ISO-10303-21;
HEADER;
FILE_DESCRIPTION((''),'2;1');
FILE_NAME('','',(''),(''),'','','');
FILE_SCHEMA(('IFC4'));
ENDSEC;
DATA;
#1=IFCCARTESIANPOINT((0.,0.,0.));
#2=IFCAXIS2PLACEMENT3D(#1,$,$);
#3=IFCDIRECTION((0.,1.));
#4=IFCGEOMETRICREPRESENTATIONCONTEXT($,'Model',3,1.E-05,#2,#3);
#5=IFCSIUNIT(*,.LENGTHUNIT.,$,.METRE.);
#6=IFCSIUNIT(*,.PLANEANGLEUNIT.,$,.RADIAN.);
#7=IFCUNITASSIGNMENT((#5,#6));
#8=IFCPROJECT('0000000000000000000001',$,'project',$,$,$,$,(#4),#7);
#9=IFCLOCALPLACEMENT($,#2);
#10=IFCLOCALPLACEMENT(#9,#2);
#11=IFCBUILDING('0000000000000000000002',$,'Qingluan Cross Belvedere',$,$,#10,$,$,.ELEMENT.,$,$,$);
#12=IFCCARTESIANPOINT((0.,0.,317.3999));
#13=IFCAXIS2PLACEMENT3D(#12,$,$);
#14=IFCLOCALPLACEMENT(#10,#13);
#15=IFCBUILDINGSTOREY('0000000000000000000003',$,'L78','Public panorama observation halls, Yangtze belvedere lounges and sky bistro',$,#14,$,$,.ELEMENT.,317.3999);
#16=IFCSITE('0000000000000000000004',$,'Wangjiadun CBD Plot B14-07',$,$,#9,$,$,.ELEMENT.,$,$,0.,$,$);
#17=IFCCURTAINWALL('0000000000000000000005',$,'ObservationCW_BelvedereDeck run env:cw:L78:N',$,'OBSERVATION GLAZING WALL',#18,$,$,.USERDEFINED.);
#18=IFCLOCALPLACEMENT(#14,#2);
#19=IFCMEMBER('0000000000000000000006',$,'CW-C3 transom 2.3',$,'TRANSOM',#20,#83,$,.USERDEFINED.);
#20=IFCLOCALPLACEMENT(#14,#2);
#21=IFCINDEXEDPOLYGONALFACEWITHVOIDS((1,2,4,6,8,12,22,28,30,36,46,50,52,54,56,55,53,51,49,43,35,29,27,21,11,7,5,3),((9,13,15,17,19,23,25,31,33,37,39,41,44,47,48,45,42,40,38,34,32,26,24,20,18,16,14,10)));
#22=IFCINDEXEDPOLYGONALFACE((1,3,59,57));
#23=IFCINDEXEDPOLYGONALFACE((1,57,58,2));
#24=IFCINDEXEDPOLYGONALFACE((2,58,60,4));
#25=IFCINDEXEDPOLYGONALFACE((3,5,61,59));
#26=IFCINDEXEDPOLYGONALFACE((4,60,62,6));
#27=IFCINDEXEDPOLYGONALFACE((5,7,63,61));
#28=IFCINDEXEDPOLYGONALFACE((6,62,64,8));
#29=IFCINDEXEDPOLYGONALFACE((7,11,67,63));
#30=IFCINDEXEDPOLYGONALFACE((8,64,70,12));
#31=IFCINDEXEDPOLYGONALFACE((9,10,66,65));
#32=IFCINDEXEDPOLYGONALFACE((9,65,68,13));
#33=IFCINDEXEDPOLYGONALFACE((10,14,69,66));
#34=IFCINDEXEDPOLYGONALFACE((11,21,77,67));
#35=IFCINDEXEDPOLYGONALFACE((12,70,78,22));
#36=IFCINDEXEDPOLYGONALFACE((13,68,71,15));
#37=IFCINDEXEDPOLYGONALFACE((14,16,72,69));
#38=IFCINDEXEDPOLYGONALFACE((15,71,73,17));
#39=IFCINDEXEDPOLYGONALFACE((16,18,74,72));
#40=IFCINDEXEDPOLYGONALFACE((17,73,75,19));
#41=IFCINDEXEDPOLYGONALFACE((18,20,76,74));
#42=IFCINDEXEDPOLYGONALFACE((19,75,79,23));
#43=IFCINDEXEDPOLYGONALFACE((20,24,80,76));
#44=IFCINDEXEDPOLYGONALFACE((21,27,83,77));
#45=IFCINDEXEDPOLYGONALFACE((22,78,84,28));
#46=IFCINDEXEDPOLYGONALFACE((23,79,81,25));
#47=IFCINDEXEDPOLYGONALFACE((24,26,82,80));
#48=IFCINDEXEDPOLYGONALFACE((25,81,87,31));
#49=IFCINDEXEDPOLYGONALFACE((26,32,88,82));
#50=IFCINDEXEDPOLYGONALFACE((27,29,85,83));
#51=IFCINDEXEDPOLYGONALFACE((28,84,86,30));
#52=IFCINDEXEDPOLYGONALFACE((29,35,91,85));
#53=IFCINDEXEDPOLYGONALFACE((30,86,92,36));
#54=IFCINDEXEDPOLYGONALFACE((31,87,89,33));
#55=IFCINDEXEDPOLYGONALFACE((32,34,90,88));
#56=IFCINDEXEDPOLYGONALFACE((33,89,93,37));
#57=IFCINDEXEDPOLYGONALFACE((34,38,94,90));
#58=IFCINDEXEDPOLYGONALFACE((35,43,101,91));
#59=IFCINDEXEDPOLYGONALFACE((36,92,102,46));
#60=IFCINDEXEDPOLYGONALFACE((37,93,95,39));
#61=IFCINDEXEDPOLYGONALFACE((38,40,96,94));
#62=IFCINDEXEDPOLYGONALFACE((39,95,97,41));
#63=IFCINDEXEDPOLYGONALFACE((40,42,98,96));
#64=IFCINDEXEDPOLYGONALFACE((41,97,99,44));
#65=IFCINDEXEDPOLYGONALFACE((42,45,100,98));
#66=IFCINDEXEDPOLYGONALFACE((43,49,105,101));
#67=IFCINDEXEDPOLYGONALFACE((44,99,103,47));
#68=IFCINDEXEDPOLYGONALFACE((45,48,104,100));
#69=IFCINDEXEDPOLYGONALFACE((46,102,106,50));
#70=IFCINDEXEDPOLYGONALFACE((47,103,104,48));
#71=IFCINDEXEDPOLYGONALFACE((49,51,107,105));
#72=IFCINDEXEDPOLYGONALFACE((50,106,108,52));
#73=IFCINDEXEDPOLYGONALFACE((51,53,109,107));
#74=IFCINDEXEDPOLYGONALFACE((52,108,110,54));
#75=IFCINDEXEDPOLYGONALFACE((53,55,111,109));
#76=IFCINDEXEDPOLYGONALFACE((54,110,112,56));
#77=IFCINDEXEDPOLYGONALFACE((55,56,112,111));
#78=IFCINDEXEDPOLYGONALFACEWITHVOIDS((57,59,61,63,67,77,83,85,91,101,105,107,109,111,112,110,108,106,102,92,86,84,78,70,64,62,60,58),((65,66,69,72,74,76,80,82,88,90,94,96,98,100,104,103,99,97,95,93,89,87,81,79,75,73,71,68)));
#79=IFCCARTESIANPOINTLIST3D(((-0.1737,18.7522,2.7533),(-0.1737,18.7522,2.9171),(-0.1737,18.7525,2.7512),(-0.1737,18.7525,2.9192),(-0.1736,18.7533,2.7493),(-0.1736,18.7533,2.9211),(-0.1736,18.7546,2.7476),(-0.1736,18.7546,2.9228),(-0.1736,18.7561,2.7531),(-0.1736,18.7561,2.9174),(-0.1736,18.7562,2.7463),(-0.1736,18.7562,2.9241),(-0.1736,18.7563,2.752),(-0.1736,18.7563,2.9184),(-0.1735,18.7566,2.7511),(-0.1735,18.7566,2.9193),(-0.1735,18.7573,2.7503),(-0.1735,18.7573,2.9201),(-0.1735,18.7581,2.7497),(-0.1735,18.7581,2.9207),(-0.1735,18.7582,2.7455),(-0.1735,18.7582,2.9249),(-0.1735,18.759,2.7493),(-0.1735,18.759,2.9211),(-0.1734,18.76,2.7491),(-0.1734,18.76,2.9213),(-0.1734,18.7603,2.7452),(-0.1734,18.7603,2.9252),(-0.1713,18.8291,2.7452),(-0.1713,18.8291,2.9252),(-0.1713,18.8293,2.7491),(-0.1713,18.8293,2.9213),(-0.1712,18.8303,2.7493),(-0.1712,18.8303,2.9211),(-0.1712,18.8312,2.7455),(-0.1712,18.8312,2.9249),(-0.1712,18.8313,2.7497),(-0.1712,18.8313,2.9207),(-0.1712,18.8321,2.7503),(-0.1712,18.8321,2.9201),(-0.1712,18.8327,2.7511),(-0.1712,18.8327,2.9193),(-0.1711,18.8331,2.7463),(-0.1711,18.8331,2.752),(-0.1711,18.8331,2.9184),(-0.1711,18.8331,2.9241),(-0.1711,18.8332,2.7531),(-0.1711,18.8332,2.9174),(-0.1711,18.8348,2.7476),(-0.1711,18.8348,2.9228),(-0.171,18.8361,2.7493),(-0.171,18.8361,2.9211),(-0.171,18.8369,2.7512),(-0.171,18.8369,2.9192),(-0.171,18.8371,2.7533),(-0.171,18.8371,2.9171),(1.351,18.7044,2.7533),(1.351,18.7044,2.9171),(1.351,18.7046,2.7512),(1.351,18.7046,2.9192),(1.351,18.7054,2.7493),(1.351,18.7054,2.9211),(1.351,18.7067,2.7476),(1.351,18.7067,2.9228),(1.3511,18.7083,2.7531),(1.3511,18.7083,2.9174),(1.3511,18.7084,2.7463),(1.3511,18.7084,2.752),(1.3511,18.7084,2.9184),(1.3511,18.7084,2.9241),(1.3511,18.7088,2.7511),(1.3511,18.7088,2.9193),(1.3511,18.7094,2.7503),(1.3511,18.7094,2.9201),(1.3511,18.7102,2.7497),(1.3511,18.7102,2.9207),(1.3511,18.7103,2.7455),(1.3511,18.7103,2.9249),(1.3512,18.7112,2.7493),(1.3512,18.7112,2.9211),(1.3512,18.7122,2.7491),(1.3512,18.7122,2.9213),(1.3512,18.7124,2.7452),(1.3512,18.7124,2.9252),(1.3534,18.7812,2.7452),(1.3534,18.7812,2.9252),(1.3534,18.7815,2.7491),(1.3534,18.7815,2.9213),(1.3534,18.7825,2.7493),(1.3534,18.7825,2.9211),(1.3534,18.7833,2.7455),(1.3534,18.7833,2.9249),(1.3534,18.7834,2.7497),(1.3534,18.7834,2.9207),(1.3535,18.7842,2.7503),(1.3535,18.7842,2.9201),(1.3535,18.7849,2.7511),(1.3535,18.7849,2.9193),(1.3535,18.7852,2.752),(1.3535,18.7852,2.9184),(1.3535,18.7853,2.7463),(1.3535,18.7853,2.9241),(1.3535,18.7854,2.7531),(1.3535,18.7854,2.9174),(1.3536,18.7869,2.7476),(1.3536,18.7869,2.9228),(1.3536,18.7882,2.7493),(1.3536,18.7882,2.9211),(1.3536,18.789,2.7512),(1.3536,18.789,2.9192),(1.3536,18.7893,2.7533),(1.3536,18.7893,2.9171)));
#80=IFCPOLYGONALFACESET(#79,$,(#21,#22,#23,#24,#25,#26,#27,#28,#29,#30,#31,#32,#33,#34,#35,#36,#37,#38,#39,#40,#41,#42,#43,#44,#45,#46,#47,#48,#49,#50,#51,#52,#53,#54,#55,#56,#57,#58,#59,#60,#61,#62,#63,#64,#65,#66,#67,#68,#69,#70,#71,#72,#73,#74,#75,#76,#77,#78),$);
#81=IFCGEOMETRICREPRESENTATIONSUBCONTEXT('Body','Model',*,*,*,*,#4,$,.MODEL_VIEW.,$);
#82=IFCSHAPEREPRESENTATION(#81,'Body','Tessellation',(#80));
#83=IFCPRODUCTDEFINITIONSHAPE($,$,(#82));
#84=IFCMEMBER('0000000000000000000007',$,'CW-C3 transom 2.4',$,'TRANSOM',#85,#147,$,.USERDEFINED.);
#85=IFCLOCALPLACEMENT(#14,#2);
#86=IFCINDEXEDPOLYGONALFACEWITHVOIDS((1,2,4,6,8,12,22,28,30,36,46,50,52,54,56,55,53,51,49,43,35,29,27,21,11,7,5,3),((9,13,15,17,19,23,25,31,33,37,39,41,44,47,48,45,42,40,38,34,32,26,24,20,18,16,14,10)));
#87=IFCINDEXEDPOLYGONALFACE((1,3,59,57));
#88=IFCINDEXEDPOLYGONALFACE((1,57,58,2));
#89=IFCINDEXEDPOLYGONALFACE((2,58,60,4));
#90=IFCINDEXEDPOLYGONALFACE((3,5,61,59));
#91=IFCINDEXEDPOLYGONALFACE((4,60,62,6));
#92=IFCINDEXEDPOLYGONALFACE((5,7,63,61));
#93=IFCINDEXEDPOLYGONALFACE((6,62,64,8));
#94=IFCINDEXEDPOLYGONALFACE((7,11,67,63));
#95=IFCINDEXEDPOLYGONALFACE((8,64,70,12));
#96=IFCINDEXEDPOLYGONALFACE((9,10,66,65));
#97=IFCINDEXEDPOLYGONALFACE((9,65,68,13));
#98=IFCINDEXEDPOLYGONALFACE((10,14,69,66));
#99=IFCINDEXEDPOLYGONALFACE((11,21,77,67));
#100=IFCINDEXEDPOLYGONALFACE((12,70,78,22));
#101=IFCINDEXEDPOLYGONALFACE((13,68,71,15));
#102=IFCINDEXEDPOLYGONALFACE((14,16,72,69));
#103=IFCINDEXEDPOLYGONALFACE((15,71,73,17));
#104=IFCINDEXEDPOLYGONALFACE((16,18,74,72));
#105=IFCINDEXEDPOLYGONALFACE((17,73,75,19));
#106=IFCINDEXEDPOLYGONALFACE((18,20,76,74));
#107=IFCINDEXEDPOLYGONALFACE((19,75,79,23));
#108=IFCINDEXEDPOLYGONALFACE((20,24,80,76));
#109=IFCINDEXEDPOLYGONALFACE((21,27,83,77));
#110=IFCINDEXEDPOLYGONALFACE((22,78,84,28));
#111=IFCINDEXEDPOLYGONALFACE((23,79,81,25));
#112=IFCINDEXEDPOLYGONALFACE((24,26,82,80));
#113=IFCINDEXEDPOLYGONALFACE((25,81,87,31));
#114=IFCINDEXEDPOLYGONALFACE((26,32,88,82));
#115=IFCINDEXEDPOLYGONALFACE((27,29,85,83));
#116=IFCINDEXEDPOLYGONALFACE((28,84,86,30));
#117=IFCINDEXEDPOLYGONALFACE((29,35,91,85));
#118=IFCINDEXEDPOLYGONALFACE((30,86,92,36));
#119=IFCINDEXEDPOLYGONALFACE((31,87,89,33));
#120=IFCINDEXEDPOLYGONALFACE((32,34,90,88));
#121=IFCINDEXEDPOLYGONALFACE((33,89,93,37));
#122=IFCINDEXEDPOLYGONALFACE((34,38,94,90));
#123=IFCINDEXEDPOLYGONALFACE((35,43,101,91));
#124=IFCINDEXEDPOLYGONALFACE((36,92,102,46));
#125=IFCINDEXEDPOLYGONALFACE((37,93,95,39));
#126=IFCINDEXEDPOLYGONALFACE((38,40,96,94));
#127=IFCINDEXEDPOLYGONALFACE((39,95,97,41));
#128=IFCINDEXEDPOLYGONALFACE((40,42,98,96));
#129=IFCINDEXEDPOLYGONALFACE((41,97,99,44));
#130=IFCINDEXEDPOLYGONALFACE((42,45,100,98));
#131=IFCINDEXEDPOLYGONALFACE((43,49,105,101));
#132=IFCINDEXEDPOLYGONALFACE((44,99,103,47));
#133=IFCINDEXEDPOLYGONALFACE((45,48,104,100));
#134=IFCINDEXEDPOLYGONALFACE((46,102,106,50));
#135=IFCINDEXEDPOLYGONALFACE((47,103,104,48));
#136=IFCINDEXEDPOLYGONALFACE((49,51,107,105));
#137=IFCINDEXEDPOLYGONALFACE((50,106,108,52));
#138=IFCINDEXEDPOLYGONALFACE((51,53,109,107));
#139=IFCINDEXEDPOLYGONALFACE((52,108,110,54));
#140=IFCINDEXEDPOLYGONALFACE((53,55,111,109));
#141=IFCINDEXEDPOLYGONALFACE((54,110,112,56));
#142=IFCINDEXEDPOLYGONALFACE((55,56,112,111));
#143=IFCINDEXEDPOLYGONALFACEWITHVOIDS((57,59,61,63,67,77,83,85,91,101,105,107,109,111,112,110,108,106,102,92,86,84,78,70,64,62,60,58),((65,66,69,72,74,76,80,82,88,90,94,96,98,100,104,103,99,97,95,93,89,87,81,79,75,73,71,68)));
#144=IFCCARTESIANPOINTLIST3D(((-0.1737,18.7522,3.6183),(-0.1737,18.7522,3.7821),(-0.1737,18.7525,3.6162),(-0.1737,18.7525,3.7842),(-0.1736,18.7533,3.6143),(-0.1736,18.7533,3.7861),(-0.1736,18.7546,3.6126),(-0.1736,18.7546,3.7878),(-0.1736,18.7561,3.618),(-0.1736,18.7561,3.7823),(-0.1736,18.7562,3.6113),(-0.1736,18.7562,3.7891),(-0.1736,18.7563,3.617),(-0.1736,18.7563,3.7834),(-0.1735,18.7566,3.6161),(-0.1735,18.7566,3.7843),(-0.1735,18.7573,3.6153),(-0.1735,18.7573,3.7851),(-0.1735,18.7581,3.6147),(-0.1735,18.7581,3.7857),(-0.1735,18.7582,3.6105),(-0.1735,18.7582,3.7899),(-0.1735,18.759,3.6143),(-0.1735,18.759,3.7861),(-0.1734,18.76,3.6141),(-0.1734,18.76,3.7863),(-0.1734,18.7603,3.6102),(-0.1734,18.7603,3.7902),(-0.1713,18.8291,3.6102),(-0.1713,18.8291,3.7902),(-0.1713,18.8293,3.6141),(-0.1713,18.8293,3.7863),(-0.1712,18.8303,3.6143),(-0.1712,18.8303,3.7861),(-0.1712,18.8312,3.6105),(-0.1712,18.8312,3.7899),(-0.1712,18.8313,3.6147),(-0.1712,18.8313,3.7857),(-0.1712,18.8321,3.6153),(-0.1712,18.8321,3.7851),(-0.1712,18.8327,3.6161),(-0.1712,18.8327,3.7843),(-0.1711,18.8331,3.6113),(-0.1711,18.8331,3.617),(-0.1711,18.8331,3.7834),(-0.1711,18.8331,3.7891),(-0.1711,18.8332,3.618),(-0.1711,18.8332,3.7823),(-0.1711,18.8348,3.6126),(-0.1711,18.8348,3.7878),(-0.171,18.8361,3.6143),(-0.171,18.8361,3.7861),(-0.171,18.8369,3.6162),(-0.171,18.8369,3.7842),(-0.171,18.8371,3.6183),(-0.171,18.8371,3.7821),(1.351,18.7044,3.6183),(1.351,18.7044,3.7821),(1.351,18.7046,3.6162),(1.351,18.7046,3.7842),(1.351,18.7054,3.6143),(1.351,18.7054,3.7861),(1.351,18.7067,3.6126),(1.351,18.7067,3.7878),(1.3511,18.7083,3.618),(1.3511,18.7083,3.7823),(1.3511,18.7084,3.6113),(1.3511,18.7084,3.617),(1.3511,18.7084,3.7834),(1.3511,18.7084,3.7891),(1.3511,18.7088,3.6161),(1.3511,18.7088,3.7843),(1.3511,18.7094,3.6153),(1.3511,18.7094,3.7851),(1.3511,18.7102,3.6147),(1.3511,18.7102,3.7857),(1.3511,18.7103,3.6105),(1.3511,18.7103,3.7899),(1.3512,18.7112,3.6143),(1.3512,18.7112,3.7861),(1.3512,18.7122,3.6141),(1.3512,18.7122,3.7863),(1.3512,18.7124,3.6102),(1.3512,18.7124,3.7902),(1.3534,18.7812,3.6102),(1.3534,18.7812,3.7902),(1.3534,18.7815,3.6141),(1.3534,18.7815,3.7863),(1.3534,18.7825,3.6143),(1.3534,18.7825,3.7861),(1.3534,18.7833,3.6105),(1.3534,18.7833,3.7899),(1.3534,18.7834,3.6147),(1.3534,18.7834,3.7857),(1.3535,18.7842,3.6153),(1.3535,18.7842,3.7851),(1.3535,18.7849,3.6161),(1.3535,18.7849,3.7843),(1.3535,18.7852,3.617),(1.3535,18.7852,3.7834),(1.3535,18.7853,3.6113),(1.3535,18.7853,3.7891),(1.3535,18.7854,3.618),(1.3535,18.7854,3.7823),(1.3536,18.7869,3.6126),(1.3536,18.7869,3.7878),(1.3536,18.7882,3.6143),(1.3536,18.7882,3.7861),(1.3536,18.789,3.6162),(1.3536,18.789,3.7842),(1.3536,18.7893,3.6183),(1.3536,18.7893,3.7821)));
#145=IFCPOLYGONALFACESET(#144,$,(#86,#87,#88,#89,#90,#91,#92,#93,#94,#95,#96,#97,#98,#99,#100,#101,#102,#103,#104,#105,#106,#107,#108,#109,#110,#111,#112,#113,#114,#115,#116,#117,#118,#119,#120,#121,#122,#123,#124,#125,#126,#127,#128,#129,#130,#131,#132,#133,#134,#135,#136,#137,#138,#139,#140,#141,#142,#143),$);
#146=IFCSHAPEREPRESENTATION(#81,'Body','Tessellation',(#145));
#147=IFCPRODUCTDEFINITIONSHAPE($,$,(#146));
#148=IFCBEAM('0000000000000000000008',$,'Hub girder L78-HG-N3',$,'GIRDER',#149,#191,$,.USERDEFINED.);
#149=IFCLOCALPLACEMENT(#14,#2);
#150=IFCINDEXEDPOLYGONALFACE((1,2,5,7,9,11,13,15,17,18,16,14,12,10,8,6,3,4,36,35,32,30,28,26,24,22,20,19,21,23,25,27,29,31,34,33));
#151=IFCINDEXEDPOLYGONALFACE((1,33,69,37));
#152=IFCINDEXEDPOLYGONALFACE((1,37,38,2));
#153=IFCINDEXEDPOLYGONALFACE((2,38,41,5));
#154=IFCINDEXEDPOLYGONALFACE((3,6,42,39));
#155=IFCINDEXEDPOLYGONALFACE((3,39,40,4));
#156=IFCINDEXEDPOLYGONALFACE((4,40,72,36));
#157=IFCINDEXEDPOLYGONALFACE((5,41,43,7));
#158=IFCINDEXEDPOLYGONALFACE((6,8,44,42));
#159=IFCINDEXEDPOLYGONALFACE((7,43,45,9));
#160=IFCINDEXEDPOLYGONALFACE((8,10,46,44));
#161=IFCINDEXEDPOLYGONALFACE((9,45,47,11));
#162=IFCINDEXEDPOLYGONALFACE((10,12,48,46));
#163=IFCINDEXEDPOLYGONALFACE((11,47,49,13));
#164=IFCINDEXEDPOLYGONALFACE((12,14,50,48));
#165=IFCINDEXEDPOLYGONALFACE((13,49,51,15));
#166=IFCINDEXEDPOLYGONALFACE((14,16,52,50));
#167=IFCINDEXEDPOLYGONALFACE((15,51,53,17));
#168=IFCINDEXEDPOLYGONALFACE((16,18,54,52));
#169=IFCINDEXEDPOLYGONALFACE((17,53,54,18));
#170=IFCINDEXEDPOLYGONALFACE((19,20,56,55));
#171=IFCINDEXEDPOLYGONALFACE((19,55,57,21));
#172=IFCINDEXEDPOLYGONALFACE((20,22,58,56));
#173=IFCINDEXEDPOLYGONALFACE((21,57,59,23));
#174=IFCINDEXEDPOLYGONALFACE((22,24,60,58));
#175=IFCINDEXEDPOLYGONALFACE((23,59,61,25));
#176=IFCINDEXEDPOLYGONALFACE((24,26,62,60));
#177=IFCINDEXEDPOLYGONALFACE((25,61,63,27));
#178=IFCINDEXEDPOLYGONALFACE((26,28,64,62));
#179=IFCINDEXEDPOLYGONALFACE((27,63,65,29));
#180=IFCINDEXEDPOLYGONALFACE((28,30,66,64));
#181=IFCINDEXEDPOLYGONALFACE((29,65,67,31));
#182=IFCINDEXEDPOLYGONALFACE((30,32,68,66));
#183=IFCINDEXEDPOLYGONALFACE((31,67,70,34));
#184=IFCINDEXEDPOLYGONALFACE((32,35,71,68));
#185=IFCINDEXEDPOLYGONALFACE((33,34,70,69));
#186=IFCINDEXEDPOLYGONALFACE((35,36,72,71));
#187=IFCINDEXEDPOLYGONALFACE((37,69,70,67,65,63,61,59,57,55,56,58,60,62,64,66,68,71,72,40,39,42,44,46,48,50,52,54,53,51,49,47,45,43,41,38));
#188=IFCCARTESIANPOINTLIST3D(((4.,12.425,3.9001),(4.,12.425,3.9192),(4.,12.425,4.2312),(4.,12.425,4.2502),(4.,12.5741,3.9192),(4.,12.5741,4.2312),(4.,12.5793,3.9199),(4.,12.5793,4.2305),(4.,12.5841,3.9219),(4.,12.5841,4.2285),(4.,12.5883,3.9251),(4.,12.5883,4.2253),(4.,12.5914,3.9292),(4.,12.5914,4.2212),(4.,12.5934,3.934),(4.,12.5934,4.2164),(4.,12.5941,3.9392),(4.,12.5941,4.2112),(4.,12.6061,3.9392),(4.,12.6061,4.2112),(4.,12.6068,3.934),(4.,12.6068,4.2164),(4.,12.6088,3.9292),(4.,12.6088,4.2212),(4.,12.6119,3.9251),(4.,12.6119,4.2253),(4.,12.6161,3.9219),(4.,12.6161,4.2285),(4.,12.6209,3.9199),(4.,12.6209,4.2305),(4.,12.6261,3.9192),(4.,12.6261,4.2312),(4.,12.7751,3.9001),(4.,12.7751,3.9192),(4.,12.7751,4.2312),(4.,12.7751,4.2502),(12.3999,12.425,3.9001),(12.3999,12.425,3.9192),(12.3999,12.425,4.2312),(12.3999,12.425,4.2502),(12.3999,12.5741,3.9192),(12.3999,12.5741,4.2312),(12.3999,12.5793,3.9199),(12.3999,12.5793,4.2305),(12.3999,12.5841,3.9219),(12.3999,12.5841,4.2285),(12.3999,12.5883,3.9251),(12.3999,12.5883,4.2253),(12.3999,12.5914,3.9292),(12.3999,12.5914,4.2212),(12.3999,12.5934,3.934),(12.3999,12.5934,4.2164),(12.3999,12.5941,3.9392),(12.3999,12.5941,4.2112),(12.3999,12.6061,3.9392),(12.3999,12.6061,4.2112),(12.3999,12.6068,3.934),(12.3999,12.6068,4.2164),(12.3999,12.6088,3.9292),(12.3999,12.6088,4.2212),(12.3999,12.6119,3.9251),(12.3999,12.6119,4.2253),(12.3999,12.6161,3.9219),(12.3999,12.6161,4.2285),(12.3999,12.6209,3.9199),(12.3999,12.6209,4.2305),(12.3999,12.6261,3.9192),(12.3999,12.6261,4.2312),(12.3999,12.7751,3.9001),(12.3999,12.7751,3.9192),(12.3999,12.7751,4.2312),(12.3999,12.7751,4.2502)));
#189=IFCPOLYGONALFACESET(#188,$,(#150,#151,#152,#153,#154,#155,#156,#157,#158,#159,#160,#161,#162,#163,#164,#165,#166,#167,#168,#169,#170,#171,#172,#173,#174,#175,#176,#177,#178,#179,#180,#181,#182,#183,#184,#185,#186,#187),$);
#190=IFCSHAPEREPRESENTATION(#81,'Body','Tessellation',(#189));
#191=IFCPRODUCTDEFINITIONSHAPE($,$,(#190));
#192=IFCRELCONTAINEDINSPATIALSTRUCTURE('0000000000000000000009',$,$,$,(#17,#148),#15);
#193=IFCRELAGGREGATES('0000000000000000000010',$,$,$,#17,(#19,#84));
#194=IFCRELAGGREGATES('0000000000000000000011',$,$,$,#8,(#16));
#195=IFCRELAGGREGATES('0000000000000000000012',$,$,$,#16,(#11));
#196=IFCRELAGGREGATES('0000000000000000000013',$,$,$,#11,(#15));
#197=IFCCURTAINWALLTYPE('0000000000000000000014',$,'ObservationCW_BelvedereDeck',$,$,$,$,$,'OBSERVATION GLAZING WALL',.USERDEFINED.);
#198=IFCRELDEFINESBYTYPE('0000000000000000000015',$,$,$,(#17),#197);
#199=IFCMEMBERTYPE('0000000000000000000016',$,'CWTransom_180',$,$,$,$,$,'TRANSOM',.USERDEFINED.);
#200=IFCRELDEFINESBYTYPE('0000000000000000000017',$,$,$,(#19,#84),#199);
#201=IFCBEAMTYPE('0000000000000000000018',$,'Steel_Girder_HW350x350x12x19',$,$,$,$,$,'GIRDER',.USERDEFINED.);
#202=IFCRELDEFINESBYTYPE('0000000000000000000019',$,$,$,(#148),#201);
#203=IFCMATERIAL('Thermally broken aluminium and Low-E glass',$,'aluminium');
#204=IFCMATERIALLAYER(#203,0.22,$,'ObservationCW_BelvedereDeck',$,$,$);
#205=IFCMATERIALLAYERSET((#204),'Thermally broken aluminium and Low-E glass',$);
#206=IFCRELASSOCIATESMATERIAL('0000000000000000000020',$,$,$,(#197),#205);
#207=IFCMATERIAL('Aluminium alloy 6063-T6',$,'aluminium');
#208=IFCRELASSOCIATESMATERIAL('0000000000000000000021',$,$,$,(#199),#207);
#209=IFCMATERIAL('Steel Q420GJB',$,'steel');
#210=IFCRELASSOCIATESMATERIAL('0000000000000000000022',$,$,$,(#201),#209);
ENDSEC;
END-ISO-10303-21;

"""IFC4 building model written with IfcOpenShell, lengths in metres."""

from ifc_helpers import new_model, si_unit, direction, frame, origin, origin_2d, place, context, subcontext, project, spatial, hollow_rectangle, i_section, extrude, material, layer, layer_set, material_profile, profile_set, type_object, element, aggregate, save


model = new_model("IFC4")

# Units and contexts
model_context = context("Model", 3, precision=1e-05, world=origin(), true_north=direction((0.0, 1.0)))
body_context = subcontext(model_context, "Body", "Model", "MODEL_VIEW")
ifc_project = project(units=[si_unit("LENGTHUNIT", "METRE"), si_unit("PLANEANGLEUNIT", "RADIAN")], contexts=[model_context])

# Site, building, storey
site_placement = place(None, origin())
site = spatial("IfcSite", under=ifc_project, at=site_placement, Name="Wangjiadun CBD Plot B14-07", CompositionType="ELEMENT", RefElevation=0.0)
building_placement = place(site_placement, origin())
building = spatial("IfcBuilding", under=site, at=building_placement, Name="Qingluan Cross Belvedere", CompositionType="ELEMENT")
storey_placement = place(building_placement, frame((0.0, 0.0, 317.3999)))
storey = spatial("IfcBuildingStorey", under=building, at=storey_placement, Name="L78", Description="Public panorama observation halls, Yangtze belvedere lounges and sky bistro", CompositionType="ELEMENT", Elevation=317.3999)

# Curtain wall, members
ifc_material_1 = material(Name="Thermally broken aluminium and Low-E glass", Category="aluminium")
ifc_layer_1 = layer(ifc_material_1, 0.22, Name="ObservationCW_BelvedereDeck")
ifc_layer_set_1 = layer_set([ifc_layer_1], Name="Thermally broken aluminium and Low-E glass")
curtain_wall_type = type_object("IfcCurtainWallType", Name="ObservationCW_BelvedereDeck", ElementType="OBSERVATION GLAZING WALL", PredefinedType="USERDEFINED", material=ifc_layer_set_1)
curtain_wall_placement = place(storey_placement, origin())
curtain_wall = element("IfcCurtainWall", 1, at=curtain_wall_placement, inside=storey, type_object=curtain_wall_type, Name="ObservationCW_BelvedereDeck run env:cw:L78:N", ObjectType="OBSERVATION GLAZING WALL", PredefinedType="USERDEFINED")
ifc_material_2 = material(Name="Aluminium alloy 6063-T6", Category="aluminium")
ifc_material_profile_1 = material_profile(ifc_material_2, hollow_rectangle(XDim=0.085, YDim=0.1799, WallThickness=0.0039, InnerFilletRadius=0.0039, OuterFilletRadius=0.0081, at=origin_2d()), Name="CWT180x85x4")
ifc_profile_set_1 = profile_set([ifc_material_profile_1], Name="Aluminium alloy 6063-T6")
member_type_1 = type_object("IfcMemberType", Name="CWTransom_180", ElementType="TRANSOM", PredefinedType="USERDEFINED", material=ifc_profile_set_1)
member_1_placement = place(storey_placement, frame((1.3523, 18.7468, 2.8352), z_axis=(-0.999508, 0.03137, 0.0), x_axis=(-0.03137, -0.999508, 0.0)))
member_1 = element("IfcMember", 2, at=member_1_placement, type_object=member_type_1, Name="CW-C3 transom 2.3", ObjectType="TRANSOM", PredefinedType="USERDEFINED", context=body_context, shape_type="SweptSolid", body=[
    extrude(hollow_rectangle(XDim=0.085, YDim=0.1799, WallThickness=0.0039, InnerFilletRadius=0.0039, OuterFilletRadius=0.0081, at=origin_2d()), origin(), (0.0, 0.0, 1.0), 1.5254),
])
member_2_placement = place(storey_placement, frame((1.3523, 18.7468, 3.7002), z_axis=(-0.999508, 0.03137, 0.0), x_axis=(-0.03137, -0.999508, 0.0)))
member_2 = element("IfcMember", 3, at=member_2_placement, type_object=member_type_1, Name="CW-C3 transom 2.4", ObjectType="TRANSOM", PredefinedType="USERDEFINED", context=body_context, shape_type="SweptSolid", body=[
    extrude(hollow_rectangle(XDim=0.085, YDim=0.1799, WallThickness=0.0039, InnerFilletRadius=0.0039, OuterFilletRadius=0.0081, at=origin_2d()), origin(), (0.0, 0.0, 1.0), 1.5254),
])

# Beam
ifc_material_3 = material(Name="Steel Q420GJB", Category="steel")
ifc_material_profile_2 = material_profile(ifc_material_3, i_section(OverallWidth=0.3501, OverallDepth=0.3501, WebThickness=0.012, FlangeThickness=0.019, FilletRadius=0.02, at=origin_2d()), Name="HW350x350x12x19")
ifc_profile_set_2 = profile_set([ifc_material_profile_2], Name="Steel Q420GJB")
beam_type = type_object("IfcBeamType", Name="Steel_Girder_HW350x350x12x19", ElementType="GIRDER", PredefinedType="USERDEFINED", material=ifc_profile_set_2)
beam_placement = place(storey_placement, frame((4.0, 12.6001, 4.0752), z_axis=(1.0, 0.0, 0.0), x_axis=(0.0, 1.0, 0.0)))
element("IfcBeam", 4, at=beam_placement, inside=storey, type_object=beam_type, Name="Hub girder L78-HG-N3", ObjectType="GIRDER", PredefinedType="USERDEFINED", context=body_context, shape_type="SweptSolid", body=[
    extrude(i_section(OverallWidth=0.3501, OverallDepth=0.3501, WebThickness=0.012, FlangeThickness=0.019, FilletRadius=0.02, at=origin_2d()), origin(), (0.0, 0.0, 1.0), 8.3999),
])

aggregate(curtain_wall, [member_1, member_2])

save(model, "model.ifc")
